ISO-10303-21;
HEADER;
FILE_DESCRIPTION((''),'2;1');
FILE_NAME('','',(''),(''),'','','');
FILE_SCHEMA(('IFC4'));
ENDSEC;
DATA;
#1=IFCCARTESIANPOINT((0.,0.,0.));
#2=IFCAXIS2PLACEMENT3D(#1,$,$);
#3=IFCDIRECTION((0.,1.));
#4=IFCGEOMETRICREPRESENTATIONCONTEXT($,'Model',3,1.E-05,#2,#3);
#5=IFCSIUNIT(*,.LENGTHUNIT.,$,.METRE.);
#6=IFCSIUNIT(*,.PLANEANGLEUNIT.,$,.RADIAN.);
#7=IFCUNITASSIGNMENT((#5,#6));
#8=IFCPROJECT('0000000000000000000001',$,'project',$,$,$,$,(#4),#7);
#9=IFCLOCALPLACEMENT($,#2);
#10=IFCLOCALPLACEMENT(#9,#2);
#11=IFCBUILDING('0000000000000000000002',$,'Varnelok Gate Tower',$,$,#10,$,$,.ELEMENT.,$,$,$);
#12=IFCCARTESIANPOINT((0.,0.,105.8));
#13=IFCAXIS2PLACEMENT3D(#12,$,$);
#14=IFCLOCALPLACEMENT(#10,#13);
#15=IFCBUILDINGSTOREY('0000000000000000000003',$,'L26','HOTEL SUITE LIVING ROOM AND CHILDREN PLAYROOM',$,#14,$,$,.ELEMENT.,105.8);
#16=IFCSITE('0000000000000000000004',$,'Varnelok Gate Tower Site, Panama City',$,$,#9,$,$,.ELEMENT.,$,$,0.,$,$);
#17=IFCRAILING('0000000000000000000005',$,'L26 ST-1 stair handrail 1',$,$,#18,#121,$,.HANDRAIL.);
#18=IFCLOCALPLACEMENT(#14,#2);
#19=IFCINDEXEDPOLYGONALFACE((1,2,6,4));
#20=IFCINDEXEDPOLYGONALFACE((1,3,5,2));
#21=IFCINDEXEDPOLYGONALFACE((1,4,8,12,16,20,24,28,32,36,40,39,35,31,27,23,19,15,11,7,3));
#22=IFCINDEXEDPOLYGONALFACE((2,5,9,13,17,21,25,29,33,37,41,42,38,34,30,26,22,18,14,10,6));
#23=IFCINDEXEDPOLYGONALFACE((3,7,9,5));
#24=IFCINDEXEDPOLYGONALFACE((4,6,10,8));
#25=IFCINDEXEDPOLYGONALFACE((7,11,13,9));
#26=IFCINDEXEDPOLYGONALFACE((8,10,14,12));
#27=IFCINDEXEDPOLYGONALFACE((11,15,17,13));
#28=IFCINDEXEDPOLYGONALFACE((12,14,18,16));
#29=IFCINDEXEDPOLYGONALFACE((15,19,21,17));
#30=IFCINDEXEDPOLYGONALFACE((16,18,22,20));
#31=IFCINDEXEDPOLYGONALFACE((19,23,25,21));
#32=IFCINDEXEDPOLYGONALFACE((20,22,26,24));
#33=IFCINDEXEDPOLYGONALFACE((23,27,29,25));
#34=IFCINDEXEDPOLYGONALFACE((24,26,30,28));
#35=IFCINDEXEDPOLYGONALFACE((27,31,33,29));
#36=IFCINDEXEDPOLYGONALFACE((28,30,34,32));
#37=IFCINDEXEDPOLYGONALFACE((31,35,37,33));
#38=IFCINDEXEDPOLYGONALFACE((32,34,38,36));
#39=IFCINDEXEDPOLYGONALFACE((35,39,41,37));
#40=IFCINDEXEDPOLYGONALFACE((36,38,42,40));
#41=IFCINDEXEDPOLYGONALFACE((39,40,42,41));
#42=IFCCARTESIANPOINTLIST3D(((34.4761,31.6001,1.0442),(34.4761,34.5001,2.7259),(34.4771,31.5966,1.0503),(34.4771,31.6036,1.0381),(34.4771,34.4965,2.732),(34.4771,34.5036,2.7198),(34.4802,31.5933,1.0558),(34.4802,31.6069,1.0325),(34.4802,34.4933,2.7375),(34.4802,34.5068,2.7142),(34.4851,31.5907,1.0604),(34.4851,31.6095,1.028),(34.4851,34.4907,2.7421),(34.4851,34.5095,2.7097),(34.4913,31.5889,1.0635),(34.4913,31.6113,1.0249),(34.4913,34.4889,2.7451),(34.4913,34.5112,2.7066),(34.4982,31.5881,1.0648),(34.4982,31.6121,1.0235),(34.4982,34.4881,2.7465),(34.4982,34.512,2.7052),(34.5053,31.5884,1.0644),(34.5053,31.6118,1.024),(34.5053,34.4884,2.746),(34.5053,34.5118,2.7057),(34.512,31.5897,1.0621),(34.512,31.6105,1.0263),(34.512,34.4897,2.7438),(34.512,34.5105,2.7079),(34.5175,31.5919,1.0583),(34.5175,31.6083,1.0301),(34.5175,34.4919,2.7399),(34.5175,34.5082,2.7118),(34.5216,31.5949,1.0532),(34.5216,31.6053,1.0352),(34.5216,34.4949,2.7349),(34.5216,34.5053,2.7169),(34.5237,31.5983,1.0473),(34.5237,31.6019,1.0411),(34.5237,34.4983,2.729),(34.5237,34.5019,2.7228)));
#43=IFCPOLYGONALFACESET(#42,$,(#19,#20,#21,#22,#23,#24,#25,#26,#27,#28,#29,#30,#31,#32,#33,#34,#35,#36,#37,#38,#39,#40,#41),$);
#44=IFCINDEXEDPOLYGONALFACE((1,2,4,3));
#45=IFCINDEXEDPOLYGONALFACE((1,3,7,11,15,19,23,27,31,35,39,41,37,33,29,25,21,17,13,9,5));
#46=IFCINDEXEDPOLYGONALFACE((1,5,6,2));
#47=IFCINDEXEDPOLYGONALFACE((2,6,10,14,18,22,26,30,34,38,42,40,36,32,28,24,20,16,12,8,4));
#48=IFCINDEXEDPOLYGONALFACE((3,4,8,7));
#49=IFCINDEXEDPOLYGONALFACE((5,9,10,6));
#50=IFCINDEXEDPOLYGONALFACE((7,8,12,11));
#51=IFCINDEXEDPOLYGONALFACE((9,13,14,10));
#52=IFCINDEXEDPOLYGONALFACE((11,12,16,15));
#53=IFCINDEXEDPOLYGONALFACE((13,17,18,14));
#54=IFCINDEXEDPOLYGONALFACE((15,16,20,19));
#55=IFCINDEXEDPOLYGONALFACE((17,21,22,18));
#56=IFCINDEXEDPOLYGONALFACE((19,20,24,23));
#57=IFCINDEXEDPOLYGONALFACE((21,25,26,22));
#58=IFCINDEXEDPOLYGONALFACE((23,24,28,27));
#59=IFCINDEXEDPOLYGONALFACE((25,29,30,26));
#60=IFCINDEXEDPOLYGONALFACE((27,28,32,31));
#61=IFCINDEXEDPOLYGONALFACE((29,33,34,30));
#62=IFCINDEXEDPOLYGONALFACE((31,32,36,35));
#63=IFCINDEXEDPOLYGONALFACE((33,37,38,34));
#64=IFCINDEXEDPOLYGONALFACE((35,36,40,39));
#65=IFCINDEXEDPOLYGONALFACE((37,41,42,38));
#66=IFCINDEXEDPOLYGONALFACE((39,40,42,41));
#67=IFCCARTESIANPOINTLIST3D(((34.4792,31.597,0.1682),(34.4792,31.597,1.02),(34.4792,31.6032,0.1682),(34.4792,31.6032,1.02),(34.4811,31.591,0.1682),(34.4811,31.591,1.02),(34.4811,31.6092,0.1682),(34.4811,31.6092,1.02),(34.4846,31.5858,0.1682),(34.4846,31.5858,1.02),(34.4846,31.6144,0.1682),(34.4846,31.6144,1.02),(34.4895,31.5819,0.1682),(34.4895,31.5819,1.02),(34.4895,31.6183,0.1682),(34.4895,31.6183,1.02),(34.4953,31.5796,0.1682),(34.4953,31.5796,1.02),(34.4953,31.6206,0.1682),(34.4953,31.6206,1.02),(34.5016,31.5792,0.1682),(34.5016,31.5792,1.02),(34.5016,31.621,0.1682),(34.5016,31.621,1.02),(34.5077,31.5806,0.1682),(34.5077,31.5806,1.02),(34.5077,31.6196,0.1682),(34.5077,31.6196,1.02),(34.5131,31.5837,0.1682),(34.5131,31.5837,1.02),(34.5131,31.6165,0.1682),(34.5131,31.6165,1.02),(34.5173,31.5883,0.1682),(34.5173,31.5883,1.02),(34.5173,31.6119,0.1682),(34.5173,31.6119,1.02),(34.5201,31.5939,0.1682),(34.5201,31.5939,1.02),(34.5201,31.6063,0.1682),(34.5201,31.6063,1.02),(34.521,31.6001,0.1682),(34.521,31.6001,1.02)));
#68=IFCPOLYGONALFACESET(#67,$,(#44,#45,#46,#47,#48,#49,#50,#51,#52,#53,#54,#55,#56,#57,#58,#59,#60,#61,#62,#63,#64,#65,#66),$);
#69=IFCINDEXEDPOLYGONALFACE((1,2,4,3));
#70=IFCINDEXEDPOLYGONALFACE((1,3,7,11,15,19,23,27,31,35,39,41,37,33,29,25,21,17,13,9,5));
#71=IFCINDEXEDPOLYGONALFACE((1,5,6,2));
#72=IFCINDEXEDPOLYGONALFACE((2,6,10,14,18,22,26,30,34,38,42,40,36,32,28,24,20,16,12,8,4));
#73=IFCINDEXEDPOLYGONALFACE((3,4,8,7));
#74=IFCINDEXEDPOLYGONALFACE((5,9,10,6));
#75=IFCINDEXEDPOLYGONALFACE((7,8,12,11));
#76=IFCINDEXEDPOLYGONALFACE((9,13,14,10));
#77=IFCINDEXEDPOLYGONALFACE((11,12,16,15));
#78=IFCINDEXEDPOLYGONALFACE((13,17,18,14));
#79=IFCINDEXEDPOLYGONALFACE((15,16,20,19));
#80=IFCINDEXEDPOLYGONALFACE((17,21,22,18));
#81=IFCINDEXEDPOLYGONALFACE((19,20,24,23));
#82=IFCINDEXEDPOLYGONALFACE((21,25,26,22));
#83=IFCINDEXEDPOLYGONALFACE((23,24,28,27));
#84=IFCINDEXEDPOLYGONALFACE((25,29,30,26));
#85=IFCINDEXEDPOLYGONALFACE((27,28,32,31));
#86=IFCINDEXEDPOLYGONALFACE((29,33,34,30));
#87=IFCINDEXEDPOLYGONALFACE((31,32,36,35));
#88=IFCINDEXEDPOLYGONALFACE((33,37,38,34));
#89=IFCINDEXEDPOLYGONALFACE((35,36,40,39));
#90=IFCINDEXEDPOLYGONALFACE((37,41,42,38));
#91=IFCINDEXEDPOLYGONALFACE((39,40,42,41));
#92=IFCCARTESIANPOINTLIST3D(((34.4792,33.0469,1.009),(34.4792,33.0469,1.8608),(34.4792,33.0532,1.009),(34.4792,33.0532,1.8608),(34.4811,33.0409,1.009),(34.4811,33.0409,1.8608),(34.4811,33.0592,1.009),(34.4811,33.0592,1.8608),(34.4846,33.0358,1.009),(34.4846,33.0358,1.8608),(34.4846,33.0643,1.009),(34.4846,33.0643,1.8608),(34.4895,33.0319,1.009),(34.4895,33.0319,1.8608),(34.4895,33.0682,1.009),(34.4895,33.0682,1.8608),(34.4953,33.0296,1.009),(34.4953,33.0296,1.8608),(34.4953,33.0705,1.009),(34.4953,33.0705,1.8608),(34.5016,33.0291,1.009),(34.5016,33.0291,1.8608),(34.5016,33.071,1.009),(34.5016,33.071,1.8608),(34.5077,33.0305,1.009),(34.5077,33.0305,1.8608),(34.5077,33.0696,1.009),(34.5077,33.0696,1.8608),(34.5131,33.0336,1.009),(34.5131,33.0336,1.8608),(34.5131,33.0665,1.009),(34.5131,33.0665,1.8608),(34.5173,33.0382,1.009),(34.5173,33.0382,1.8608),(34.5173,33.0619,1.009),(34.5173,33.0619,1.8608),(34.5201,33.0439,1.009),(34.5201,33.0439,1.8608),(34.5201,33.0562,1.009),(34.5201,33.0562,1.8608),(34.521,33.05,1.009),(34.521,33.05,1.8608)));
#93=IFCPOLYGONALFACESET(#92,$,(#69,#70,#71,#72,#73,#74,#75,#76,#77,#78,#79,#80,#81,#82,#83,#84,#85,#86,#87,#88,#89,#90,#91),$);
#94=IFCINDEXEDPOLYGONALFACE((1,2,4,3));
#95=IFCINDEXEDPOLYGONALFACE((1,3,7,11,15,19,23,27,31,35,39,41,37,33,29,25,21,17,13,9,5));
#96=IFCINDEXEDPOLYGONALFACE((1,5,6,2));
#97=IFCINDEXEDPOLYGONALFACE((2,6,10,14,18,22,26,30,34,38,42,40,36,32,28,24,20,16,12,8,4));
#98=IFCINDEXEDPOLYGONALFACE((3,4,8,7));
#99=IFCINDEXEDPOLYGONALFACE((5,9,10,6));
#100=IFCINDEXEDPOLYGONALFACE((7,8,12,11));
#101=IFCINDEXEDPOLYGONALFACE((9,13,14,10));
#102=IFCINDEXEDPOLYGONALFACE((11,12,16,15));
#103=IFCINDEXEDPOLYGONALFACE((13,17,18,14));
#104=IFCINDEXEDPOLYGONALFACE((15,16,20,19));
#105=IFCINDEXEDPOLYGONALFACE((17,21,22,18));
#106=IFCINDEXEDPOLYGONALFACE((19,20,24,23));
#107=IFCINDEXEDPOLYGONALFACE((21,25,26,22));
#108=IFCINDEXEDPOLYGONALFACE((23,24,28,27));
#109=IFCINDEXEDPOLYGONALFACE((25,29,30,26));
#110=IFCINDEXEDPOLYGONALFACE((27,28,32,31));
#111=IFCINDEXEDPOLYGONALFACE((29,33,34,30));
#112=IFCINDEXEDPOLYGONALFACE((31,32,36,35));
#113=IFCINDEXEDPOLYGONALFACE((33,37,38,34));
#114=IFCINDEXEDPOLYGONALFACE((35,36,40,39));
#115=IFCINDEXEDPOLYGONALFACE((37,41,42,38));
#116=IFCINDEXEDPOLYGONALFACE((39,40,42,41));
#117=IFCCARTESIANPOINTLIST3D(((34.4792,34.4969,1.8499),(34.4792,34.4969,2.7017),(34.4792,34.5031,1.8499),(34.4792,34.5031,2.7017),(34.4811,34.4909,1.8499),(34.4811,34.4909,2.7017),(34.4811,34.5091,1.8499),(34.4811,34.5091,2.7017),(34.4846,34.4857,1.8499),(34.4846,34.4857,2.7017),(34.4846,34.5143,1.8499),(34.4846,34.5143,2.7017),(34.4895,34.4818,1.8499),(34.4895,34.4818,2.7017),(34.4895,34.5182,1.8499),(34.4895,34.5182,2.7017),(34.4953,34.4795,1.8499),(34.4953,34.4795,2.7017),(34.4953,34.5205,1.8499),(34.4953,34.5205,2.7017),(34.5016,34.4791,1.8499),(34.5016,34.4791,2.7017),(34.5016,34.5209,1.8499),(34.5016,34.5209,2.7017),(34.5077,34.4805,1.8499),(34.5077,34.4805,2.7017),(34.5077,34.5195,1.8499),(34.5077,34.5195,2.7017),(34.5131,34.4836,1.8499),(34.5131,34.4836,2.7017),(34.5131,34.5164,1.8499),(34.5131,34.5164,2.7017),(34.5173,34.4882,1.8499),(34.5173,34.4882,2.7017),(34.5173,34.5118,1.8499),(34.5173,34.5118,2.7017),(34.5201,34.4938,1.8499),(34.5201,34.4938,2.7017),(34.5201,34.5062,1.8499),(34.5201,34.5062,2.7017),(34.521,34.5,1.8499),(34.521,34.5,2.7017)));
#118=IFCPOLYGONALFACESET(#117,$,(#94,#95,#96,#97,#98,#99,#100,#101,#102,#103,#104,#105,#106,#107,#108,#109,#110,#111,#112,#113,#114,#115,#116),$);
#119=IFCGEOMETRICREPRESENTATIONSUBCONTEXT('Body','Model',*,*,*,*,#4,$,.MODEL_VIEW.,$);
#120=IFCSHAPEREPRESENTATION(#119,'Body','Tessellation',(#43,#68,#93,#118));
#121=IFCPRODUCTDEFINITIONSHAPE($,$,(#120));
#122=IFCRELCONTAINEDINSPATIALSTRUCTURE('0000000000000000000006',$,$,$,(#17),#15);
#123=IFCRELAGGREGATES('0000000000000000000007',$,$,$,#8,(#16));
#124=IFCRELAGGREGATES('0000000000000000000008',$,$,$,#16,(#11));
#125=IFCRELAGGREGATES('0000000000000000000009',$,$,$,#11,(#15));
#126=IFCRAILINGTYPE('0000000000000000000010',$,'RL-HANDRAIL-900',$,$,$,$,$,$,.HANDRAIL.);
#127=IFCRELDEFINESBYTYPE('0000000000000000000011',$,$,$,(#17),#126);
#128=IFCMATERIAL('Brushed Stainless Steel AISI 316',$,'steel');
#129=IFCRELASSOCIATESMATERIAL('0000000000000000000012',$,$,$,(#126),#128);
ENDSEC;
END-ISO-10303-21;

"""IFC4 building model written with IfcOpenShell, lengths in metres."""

from ifc_helpers import new_model, si_unit, direction, frame, origin, origin_2d, place, context, subcontext, project, spatial, circle, extrude, material, type_object, element, save


model = new_model("IFC4")

# Units and contexts
model_context = context("Model", 3, precision=1e-05, world=origin(), true_north=direction((0.0, 1.0)))
body_context = subcontext(model_context, "Body", "Model", "MODEL_VIEW")
ifc_project = project(units=[si_unit("LENGTHUNIT", "METRE"), si_unit("PLANEANGLEUNIT", "RADIAN")], contexts=[model_context])

# Site, building, storey
site_placement = place(None, origin())
site = spatial("IfcSite", under=ifc_project, at=site_placement, Name="Varnelok Gate Tower Site, Panama City", CompositionType="ELEMENT", RefElevation=0.0)
building_placement = place(site_placement, origin())
building = spatial("IfcBuilding", under=site, at=building_placement, Name="Varnelok Gate Tower", CompositionType="ELEMENT")
storey_placement = place(building_placement, frame((0.0, 0.0, 105.8)))
storey = spatial("IfcBuildingStorey", under=building, at=storey_placement, Name="L26", Description="HOTEL SUITE LIVING ROOM AND CHILDREN PLAYROOM", CompositionType="ELEMENT", Elevation=105.8)

# Railing
ifc_material_1 = material(Name="Brushed Stainless Steel AISI 316", Category="steel")
railing_type_1 = type_object("IfcRailingType", Name="RL-HANDRAIL-900", PredefinedType="HANDRAIL", material=ifc_material_1)
railing_1_placement = place(storey_placement, frame((34.5, 31.6001, 0.1682)))
element("IfcRailing", 1, at=railing_1_placement, inside=storey, type_object=railing_type_1, Name="L26 ST-1 stair handrail 1", PredefinedType="HANDRAIL", context=body_context, shape_type="SweptSolid", body=[
    extrude(circle(Radius=0.0239, at=origin_2d()), frame((0.0, 0.0, 0.876), z_axis=(0.0, 0.86507, 0.501651), x_axis=(-1.0, 0.0, 0.0)), (0.0, 0.0, 1.0), 3.3523),
    extrude(circle(Radius=0.021, at=origin_2d()), origin(), (0.0, 0.0, 1.0), 0.8518),
    extrude(circle(Radius=0.021, at=origin_2d()), frame((0.0, 1.45, 0.8408)), (0.0, 0.0, 1.0), 0.8518),
    extrude(circle(Radius=0.021, at=origin_2d()), frame((0.0, 2.8999, 1.6816)), (0.0, 0.0, 1.0), 0.8518),
])

save(model, "model.ifc")
